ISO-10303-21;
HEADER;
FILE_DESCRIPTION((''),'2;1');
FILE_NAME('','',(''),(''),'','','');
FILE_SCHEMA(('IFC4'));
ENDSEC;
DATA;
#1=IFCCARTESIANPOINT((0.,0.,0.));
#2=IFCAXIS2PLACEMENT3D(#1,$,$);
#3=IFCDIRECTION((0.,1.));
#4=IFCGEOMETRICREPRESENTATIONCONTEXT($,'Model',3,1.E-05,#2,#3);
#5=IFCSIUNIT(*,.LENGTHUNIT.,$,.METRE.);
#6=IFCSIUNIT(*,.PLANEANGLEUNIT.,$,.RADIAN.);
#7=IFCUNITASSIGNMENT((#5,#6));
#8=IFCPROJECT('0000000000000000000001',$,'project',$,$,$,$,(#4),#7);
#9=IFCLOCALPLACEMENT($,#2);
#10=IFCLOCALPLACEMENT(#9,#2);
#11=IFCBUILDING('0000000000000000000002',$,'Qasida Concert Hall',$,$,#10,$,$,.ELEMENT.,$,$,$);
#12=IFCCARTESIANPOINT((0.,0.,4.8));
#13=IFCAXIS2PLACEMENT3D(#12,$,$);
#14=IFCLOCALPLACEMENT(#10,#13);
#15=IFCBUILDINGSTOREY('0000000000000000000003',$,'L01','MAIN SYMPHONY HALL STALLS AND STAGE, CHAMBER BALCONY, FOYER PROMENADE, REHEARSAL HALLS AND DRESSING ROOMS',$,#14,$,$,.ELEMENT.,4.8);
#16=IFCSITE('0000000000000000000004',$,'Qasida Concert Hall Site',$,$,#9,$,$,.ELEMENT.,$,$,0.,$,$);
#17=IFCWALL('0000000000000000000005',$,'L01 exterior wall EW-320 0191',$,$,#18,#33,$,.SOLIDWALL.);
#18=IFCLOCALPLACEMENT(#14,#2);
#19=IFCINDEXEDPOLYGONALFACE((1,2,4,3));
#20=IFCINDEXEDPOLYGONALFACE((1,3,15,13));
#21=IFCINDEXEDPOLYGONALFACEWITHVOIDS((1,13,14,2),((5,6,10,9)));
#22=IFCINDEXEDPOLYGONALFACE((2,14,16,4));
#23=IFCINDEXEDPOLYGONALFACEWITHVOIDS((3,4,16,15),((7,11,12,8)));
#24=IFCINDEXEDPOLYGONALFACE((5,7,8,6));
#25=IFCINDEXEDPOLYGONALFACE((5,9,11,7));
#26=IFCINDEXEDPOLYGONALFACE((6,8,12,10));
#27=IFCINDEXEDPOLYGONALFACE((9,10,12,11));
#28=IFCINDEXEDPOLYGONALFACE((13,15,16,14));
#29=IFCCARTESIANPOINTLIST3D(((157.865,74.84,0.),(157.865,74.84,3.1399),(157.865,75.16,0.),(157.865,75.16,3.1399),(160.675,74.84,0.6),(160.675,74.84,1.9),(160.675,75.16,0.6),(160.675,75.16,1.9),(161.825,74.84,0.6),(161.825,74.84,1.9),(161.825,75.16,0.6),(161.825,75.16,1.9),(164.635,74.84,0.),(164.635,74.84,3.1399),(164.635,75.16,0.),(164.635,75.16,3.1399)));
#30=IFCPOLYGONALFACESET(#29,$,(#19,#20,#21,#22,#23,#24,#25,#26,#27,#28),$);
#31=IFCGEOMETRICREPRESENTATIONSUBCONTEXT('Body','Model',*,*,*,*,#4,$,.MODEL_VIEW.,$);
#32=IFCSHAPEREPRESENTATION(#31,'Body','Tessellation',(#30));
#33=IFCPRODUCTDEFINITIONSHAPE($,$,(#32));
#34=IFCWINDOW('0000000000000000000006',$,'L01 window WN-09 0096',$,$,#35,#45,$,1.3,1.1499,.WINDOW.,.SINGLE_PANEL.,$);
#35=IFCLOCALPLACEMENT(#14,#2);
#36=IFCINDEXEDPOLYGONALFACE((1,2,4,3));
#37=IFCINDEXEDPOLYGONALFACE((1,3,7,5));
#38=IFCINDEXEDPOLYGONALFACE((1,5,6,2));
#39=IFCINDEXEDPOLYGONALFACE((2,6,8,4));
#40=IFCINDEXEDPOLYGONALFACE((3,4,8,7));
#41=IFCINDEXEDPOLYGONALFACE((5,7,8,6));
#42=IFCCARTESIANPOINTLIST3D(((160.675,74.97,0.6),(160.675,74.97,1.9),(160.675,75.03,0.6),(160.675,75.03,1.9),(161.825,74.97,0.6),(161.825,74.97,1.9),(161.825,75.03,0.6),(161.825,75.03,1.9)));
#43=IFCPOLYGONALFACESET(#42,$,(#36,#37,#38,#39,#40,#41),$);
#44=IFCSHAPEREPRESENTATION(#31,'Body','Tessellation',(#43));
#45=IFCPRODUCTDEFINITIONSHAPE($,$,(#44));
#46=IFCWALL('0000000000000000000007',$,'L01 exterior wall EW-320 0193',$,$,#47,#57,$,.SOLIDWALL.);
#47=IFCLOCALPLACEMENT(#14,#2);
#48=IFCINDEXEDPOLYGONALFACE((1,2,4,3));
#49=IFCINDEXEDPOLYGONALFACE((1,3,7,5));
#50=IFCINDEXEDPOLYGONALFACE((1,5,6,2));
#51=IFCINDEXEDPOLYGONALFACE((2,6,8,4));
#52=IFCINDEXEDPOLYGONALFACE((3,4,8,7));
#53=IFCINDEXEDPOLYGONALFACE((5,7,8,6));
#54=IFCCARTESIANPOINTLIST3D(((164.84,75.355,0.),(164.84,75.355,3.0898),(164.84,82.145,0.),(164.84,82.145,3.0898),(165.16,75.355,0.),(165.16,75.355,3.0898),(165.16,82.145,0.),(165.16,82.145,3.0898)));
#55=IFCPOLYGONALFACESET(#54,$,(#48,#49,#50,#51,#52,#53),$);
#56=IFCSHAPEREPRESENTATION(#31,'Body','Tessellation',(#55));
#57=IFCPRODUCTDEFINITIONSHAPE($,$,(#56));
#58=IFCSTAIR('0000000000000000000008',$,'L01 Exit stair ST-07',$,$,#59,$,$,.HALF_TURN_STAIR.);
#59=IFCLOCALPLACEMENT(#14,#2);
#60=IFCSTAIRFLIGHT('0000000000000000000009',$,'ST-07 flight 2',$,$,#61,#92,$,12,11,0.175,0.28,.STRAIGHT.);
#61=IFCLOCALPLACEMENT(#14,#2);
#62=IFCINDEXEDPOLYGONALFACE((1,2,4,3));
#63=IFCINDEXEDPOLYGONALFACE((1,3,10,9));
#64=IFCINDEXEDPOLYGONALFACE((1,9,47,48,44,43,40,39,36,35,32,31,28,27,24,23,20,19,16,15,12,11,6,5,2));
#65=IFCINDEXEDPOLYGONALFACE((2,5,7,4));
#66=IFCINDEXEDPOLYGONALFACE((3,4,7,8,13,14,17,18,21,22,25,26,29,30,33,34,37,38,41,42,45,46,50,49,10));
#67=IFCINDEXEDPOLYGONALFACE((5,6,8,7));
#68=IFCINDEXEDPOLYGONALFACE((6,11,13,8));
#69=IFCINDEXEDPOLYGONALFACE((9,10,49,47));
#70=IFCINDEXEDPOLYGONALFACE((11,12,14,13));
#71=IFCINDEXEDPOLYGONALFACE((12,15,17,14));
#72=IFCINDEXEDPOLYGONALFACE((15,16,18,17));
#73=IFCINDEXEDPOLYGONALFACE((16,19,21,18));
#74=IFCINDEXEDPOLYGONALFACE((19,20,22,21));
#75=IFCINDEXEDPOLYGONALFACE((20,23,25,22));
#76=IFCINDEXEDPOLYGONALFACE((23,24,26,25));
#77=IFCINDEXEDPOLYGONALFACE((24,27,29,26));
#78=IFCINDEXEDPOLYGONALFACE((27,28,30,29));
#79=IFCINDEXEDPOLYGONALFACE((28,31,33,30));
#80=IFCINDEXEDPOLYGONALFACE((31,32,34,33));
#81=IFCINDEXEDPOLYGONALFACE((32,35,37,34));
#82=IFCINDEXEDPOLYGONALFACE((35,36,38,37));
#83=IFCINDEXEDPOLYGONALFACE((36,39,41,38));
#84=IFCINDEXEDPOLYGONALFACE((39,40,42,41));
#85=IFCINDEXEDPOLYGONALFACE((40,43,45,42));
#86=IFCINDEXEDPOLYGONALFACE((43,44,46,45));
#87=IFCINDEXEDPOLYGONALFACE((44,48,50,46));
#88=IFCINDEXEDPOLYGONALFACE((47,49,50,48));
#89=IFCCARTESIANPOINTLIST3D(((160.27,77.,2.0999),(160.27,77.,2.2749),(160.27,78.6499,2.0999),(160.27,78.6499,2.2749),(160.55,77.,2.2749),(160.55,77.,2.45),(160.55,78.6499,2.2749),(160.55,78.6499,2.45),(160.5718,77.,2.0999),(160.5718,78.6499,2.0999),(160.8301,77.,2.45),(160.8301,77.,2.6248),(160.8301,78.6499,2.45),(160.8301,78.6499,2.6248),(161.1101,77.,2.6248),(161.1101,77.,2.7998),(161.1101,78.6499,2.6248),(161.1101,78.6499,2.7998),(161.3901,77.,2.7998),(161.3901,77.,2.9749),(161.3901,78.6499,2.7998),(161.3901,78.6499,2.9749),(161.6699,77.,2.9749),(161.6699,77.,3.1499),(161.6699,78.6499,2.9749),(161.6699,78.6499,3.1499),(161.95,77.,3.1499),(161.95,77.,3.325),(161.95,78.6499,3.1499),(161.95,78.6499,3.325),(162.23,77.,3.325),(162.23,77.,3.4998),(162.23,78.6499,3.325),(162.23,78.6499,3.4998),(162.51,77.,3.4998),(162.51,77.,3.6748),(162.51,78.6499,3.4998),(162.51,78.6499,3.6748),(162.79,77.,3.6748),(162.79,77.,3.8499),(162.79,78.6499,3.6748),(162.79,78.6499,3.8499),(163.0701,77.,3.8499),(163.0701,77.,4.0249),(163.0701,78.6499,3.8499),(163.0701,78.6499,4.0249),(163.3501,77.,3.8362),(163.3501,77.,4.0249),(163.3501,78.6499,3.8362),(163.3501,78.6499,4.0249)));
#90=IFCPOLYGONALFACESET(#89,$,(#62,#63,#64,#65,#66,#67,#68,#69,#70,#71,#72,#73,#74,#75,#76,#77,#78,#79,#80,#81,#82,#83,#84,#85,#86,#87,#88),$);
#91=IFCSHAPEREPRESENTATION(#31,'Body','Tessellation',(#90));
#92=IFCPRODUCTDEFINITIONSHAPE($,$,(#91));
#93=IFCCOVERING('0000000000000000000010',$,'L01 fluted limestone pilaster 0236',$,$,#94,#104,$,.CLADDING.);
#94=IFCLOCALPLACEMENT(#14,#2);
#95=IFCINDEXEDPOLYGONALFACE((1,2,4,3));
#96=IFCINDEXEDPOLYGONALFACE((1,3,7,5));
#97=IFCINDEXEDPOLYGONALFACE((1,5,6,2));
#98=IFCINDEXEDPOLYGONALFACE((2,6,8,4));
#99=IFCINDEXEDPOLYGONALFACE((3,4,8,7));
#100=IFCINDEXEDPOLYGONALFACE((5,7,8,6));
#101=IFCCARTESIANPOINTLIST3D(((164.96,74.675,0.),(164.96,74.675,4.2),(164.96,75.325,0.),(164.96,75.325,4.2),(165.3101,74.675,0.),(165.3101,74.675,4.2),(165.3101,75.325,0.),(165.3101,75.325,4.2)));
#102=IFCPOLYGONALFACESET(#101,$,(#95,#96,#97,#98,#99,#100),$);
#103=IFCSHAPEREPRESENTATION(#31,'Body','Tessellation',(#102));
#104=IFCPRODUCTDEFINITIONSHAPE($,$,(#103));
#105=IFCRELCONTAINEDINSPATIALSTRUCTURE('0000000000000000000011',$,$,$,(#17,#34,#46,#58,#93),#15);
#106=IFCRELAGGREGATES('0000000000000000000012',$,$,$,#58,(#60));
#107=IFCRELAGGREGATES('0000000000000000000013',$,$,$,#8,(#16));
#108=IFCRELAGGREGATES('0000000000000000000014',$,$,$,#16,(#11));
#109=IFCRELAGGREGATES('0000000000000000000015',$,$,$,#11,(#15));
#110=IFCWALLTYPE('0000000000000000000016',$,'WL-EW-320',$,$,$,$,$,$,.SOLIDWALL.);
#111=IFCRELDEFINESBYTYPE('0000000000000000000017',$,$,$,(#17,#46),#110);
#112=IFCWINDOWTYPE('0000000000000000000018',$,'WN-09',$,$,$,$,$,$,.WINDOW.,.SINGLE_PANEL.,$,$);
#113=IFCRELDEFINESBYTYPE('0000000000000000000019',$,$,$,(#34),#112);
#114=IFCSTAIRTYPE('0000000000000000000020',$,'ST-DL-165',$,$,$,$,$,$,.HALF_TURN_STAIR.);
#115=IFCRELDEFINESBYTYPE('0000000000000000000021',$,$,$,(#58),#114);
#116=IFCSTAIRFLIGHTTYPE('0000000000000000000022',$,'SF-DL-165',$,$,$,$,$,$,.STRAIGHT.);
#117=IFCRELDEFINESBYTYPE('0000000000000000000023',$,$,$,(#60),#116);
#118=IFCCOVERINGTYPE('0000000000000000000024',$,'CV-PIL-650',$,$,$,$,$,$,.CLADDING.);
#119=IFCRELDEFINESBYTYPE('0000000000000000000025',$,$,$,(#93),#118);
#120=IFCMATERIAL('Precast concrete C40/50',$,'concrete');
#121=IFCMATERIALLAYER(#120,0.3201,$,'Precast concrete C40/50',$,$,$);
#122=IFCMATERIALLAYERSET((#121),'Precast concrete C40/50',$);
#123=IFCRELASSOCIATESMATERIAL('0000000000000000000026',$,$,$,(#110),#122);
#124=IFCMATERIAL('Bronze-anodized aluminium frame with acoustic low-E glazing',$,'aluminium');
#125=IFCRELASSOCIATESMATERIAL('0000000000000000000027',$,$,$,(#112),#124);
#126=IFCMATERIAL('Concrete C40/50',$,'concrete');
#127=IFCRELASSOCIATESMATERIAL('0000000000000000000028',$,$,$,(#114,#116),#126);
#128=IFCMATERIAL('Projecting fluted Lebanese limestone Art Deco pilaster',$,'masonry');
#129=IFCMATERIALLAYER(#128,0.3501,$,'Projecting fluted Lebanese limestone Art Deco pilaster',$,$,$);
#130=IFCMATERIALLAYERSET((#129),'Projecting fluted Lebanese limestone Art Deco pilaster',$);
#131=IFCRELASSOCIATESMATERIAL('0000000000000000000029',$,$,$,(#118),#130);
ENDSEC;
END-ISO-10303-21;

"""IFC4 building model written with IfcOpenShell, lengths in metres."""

from ifc_helpers import new_model, si_unit, direction, frame, frame_2d, origin, origin_2d, place, context, subcontext, project, spatial, polyline, rectangle, outline, extrude, material, layer, layer_set, type_object, element, fill, aggregate, save


model = new_model("IFC4")

# Units and contexts
model_context = context("Model", 3, precision=1e-05, world=origin(), true_north=direction((0.0, 1.0)))
body_context = subcontext(model_context, "Body", "Model", "MODEL_VIEW")
ifc_project = project(units=[si_unit("LENGTHUNIT", "METRE"), si_unit("PLANEANGLEUNIT", "RADIAN")], contexts=[model_context])

# Site, building, storey
site_placement = place(None, origin())
site = spatial("IfcSite", under=ifc_project, at=site_placement, Name="Qasida Concert Hall Site", CompositionType="ELEMENT", RefElevation=0.0)
building_placement = place(site_placement, origin())
building = spatial("IfcBuilding", under=site, at=building_placement, Name="Qasida Concert Hall", CompositionType="ELEMENT")
storey_placement = place(building_placement, frame((0.0, 0.0, 4.8)))
storey = spatial("IfcBuildingStorey", under=building, at=storey_placement, Name="L01", Description="MAIN SYMPHONY HALL STALLS AND STAGE, CHAMBER BALCONY, FOYER PROMENADE, REHEARSAL HALLS AND DRESSING ROOMS", CompositionType="ELEMENT", Elevation=4.8)

# Shared definitions
ifc_material_1 = material(Name="Concrete C40/50", Category="concrete")

# Wall, opening, window
ifc_material_2 = material(Name="Precast concrete C40/50", Category="concrete")
ifc_layer_1 = layer(ifc_material_2, 0.3201, Name="Precast concrete C40/50")
ifc_layer_set_1 = layer_set([ifc_layer_1], Name="Precast concrete C40/50")
wall_type_1 = type_object("IfcWallType", Name="WL-EW-320", PredefinedType="SOLIDWALL", material=ifc_layer_set_1)
wall_1_placement = place(storey_placement, frame((157.865, 75.0, 0.0), z_axis=(0.0, 0.0, 1.0), x_axis=(1.0, 0.0, 0.0)))
wall_1 = element("IfcWall", 1, at=wall_1_placement, inside=storey, type_object=wall_type_1, Name="L01 exterior wall EW-320 0191", PredefinedType="SOLIDWALL", context=body_context, shape_type="SweptSolid", body=[
    extrude(rectangle(XDim=6.77, YDim=0.3201, at=frame_2d((3.385, 0.0))), origin(), (0.0, 0.0, 1.0), 3.1399),
])
opening_placement = place(wall_1_placement, frame((2.8101, 0.0, 0.6001)))
opening = element("IfcOpeningElement", 2, at=opening_placement, cuts=wall_1, PredefinedType="OPENING", context=body_context, shape_type="SweptSolid", body=[
    extrude(rectangle(XDim=1.1499, YDim=1.3, at=frame_2d((0.575, 0.6499))), frame((0.0, 0.1699, 0.0), z_axis=(0.0, -1.0, 0.0), x_axis=(1.0, 0.0, 0.0)), (0.0, 0.0, 1.0), 0.3401),
])
ifc_material_3 = material(Name="Bronze-anodized aluminium frame with acoustic low-E glazing", Category="aluminium")
window_type = type_object("IfcWindowType", Name="WN-09", PartitioningType="SINGLE_PANEL", PredefinedType="WINDOW", material=ifc_material_3)
window_placement = place(opening_placement, origin())
window = element("IfcWindow", 3, at=window_placement, inside=storey, type_object=window_type, Name="L01 window WN-09 0096", OverallHeight=1.3, OverallWidth=1.1499, PartitioningType="SINGLE_PANEL", PredefinedType="WINDOW", context=body_context, shape_type="SweptSolid", body=[
    extrude(rectangle(XDim=1.1499, YDim=1.3, at=frame_2d((0.575, 0.6499))), frame((0.0, 0.03, 0.0), z_axis=(0.0, -1.0, 0.0), x_axis=(1.0, 0.0, 0.0)), (0.0, 0.0, 1.0), 0.0601),
])
fill(opening, window)

# Wall
wall_2_placement = place(storey_placement, frame((165.0, 75.355, 0.0), z_axis=(0.0, 0.0, 1.0), x_axis=(0.0, 1.0, 0.0)))
element("IfcWall", 4, at=wall_2_placement, inside=storey, type_object=wall_type_1, Name="L01 exterior wall EW-320 0193", PredefinedType="SOLIDWALL", context=body_context, shape_type="SweptSolid", body=[
    extrude(rectangle(XDim=6.79, YDim=0.3201, at=frame_2d((3.395, 0.0))), origin(), (0.0, 0.0, 1.0), 3.0898),
])

# Stair, stair flight
stair_type = type_object("IfcStairType", Name="ST-DL-165", PredefinedType="HALF_TURN_STAIR", material=ifc_material_1)
stair_placement = place(storey_placement, origin())
stair = element("IfcStair", 5, at=stair_placement, inside=storey, type_object=stair_type, Name="L01 Exit stair ST-07", PredefinedType="HALF_TURN_STAIR")
stair_flight_type = type_object("IfcStairFlightType", Name="SF-DL-165", PredefinedType="STRAIGHT", material=ifc_material_1)
stair_flight_placement = place(storey_placement, frame((160.27, 77.825, 2.0999), z_axis=(0.0, 0.0, 1.0), x_axis=(1.0, 0.0, 0.0)))
stair_flight = element("IfcStairFlight", 6, at=stair_flight_placement, type_object=stair_flight_type, Name="ST-07 flight 2", NumberOfRisers=12, NumberOfTreads=11, PredefinedType="STRAIGHT", RiserHeight=0.175, TreadLength=0.28, context=body_context, shape_type="SweptSolid", body=[
    extrude(outline(polyline([(0.0, 0.0), (0.0, 0.175), (0.28, 0.175), (0.28, 0.3501), (0.5601, 0.3501), (0.5601, 0.5249), (0.8401, 0.5249), (0.8401, 0.7), (1.1201, 0.7), (1.1201, 0.875), (1.3999, 0.875), (1.3999, 1.05), (1.6799, 1.05), (1.6799, 1.2251), (1.96, 1.2251), (1.96, 1.3999), (2.24, 1.3999), (2.24, 1.575), (2.52, 1.575), (2.52, 1.75), (2.8, 1.75), (2.8, 1.925), (3.0801, 1.925), (3.0801, 2.1001), (3.0801, 1.7363), (0.3018, 0.0), (0.0, 0.0)])), frame((0.0, 0.825, 0.0), z_axis=(0.0, -1.0, 0.0), x_axis=(1.0, 0.0, 0.0)), (0.0, 0.0, 1.0), 1.6499),
])
aggregate(stair, [stair_flight])

# Covering
ifc_material_4 = material(Name="Projecting fluted Lebanese limestone Art Deco pilaster", Category="masonry")
ifc_layer_2 = layer(ifc_material_4, 0.3501, Name="Projecting fluted Lebanese limestone Art Deco pilaster")
ifc_layer_set_2 = layer_set([ifc_layer_2], Name="Projecting fluted Lebanese limestone Art Deco pilaster")
covering_type = type_object("IfcCoveringType", Name="CV-PIL-650", PredefinedType="CLADDING", material=ifc_layer_set_2)
covering_placement = place(storey_placement, frame((165.135, 75.0, 0.0), z_axis=(0.0, 0.0, 1.0), x_axis=(1.0, 0.0, 0.0)))
element("IfcCovering", 7, at=covering_placement, inside=storey, type_object=covering_type, Name="L01 fluted limestone pilaster 0236", PredefinedType="CLADDING", context=body_context, shape_type="SweptSolid", body=[
    extrude(rectangle(XDim=0.3501, YDim=0.6499, at=origin_2d()), origin(), (0.0, 0.0, 1.0), 4.2),
])

save(model, "model.ifc")
